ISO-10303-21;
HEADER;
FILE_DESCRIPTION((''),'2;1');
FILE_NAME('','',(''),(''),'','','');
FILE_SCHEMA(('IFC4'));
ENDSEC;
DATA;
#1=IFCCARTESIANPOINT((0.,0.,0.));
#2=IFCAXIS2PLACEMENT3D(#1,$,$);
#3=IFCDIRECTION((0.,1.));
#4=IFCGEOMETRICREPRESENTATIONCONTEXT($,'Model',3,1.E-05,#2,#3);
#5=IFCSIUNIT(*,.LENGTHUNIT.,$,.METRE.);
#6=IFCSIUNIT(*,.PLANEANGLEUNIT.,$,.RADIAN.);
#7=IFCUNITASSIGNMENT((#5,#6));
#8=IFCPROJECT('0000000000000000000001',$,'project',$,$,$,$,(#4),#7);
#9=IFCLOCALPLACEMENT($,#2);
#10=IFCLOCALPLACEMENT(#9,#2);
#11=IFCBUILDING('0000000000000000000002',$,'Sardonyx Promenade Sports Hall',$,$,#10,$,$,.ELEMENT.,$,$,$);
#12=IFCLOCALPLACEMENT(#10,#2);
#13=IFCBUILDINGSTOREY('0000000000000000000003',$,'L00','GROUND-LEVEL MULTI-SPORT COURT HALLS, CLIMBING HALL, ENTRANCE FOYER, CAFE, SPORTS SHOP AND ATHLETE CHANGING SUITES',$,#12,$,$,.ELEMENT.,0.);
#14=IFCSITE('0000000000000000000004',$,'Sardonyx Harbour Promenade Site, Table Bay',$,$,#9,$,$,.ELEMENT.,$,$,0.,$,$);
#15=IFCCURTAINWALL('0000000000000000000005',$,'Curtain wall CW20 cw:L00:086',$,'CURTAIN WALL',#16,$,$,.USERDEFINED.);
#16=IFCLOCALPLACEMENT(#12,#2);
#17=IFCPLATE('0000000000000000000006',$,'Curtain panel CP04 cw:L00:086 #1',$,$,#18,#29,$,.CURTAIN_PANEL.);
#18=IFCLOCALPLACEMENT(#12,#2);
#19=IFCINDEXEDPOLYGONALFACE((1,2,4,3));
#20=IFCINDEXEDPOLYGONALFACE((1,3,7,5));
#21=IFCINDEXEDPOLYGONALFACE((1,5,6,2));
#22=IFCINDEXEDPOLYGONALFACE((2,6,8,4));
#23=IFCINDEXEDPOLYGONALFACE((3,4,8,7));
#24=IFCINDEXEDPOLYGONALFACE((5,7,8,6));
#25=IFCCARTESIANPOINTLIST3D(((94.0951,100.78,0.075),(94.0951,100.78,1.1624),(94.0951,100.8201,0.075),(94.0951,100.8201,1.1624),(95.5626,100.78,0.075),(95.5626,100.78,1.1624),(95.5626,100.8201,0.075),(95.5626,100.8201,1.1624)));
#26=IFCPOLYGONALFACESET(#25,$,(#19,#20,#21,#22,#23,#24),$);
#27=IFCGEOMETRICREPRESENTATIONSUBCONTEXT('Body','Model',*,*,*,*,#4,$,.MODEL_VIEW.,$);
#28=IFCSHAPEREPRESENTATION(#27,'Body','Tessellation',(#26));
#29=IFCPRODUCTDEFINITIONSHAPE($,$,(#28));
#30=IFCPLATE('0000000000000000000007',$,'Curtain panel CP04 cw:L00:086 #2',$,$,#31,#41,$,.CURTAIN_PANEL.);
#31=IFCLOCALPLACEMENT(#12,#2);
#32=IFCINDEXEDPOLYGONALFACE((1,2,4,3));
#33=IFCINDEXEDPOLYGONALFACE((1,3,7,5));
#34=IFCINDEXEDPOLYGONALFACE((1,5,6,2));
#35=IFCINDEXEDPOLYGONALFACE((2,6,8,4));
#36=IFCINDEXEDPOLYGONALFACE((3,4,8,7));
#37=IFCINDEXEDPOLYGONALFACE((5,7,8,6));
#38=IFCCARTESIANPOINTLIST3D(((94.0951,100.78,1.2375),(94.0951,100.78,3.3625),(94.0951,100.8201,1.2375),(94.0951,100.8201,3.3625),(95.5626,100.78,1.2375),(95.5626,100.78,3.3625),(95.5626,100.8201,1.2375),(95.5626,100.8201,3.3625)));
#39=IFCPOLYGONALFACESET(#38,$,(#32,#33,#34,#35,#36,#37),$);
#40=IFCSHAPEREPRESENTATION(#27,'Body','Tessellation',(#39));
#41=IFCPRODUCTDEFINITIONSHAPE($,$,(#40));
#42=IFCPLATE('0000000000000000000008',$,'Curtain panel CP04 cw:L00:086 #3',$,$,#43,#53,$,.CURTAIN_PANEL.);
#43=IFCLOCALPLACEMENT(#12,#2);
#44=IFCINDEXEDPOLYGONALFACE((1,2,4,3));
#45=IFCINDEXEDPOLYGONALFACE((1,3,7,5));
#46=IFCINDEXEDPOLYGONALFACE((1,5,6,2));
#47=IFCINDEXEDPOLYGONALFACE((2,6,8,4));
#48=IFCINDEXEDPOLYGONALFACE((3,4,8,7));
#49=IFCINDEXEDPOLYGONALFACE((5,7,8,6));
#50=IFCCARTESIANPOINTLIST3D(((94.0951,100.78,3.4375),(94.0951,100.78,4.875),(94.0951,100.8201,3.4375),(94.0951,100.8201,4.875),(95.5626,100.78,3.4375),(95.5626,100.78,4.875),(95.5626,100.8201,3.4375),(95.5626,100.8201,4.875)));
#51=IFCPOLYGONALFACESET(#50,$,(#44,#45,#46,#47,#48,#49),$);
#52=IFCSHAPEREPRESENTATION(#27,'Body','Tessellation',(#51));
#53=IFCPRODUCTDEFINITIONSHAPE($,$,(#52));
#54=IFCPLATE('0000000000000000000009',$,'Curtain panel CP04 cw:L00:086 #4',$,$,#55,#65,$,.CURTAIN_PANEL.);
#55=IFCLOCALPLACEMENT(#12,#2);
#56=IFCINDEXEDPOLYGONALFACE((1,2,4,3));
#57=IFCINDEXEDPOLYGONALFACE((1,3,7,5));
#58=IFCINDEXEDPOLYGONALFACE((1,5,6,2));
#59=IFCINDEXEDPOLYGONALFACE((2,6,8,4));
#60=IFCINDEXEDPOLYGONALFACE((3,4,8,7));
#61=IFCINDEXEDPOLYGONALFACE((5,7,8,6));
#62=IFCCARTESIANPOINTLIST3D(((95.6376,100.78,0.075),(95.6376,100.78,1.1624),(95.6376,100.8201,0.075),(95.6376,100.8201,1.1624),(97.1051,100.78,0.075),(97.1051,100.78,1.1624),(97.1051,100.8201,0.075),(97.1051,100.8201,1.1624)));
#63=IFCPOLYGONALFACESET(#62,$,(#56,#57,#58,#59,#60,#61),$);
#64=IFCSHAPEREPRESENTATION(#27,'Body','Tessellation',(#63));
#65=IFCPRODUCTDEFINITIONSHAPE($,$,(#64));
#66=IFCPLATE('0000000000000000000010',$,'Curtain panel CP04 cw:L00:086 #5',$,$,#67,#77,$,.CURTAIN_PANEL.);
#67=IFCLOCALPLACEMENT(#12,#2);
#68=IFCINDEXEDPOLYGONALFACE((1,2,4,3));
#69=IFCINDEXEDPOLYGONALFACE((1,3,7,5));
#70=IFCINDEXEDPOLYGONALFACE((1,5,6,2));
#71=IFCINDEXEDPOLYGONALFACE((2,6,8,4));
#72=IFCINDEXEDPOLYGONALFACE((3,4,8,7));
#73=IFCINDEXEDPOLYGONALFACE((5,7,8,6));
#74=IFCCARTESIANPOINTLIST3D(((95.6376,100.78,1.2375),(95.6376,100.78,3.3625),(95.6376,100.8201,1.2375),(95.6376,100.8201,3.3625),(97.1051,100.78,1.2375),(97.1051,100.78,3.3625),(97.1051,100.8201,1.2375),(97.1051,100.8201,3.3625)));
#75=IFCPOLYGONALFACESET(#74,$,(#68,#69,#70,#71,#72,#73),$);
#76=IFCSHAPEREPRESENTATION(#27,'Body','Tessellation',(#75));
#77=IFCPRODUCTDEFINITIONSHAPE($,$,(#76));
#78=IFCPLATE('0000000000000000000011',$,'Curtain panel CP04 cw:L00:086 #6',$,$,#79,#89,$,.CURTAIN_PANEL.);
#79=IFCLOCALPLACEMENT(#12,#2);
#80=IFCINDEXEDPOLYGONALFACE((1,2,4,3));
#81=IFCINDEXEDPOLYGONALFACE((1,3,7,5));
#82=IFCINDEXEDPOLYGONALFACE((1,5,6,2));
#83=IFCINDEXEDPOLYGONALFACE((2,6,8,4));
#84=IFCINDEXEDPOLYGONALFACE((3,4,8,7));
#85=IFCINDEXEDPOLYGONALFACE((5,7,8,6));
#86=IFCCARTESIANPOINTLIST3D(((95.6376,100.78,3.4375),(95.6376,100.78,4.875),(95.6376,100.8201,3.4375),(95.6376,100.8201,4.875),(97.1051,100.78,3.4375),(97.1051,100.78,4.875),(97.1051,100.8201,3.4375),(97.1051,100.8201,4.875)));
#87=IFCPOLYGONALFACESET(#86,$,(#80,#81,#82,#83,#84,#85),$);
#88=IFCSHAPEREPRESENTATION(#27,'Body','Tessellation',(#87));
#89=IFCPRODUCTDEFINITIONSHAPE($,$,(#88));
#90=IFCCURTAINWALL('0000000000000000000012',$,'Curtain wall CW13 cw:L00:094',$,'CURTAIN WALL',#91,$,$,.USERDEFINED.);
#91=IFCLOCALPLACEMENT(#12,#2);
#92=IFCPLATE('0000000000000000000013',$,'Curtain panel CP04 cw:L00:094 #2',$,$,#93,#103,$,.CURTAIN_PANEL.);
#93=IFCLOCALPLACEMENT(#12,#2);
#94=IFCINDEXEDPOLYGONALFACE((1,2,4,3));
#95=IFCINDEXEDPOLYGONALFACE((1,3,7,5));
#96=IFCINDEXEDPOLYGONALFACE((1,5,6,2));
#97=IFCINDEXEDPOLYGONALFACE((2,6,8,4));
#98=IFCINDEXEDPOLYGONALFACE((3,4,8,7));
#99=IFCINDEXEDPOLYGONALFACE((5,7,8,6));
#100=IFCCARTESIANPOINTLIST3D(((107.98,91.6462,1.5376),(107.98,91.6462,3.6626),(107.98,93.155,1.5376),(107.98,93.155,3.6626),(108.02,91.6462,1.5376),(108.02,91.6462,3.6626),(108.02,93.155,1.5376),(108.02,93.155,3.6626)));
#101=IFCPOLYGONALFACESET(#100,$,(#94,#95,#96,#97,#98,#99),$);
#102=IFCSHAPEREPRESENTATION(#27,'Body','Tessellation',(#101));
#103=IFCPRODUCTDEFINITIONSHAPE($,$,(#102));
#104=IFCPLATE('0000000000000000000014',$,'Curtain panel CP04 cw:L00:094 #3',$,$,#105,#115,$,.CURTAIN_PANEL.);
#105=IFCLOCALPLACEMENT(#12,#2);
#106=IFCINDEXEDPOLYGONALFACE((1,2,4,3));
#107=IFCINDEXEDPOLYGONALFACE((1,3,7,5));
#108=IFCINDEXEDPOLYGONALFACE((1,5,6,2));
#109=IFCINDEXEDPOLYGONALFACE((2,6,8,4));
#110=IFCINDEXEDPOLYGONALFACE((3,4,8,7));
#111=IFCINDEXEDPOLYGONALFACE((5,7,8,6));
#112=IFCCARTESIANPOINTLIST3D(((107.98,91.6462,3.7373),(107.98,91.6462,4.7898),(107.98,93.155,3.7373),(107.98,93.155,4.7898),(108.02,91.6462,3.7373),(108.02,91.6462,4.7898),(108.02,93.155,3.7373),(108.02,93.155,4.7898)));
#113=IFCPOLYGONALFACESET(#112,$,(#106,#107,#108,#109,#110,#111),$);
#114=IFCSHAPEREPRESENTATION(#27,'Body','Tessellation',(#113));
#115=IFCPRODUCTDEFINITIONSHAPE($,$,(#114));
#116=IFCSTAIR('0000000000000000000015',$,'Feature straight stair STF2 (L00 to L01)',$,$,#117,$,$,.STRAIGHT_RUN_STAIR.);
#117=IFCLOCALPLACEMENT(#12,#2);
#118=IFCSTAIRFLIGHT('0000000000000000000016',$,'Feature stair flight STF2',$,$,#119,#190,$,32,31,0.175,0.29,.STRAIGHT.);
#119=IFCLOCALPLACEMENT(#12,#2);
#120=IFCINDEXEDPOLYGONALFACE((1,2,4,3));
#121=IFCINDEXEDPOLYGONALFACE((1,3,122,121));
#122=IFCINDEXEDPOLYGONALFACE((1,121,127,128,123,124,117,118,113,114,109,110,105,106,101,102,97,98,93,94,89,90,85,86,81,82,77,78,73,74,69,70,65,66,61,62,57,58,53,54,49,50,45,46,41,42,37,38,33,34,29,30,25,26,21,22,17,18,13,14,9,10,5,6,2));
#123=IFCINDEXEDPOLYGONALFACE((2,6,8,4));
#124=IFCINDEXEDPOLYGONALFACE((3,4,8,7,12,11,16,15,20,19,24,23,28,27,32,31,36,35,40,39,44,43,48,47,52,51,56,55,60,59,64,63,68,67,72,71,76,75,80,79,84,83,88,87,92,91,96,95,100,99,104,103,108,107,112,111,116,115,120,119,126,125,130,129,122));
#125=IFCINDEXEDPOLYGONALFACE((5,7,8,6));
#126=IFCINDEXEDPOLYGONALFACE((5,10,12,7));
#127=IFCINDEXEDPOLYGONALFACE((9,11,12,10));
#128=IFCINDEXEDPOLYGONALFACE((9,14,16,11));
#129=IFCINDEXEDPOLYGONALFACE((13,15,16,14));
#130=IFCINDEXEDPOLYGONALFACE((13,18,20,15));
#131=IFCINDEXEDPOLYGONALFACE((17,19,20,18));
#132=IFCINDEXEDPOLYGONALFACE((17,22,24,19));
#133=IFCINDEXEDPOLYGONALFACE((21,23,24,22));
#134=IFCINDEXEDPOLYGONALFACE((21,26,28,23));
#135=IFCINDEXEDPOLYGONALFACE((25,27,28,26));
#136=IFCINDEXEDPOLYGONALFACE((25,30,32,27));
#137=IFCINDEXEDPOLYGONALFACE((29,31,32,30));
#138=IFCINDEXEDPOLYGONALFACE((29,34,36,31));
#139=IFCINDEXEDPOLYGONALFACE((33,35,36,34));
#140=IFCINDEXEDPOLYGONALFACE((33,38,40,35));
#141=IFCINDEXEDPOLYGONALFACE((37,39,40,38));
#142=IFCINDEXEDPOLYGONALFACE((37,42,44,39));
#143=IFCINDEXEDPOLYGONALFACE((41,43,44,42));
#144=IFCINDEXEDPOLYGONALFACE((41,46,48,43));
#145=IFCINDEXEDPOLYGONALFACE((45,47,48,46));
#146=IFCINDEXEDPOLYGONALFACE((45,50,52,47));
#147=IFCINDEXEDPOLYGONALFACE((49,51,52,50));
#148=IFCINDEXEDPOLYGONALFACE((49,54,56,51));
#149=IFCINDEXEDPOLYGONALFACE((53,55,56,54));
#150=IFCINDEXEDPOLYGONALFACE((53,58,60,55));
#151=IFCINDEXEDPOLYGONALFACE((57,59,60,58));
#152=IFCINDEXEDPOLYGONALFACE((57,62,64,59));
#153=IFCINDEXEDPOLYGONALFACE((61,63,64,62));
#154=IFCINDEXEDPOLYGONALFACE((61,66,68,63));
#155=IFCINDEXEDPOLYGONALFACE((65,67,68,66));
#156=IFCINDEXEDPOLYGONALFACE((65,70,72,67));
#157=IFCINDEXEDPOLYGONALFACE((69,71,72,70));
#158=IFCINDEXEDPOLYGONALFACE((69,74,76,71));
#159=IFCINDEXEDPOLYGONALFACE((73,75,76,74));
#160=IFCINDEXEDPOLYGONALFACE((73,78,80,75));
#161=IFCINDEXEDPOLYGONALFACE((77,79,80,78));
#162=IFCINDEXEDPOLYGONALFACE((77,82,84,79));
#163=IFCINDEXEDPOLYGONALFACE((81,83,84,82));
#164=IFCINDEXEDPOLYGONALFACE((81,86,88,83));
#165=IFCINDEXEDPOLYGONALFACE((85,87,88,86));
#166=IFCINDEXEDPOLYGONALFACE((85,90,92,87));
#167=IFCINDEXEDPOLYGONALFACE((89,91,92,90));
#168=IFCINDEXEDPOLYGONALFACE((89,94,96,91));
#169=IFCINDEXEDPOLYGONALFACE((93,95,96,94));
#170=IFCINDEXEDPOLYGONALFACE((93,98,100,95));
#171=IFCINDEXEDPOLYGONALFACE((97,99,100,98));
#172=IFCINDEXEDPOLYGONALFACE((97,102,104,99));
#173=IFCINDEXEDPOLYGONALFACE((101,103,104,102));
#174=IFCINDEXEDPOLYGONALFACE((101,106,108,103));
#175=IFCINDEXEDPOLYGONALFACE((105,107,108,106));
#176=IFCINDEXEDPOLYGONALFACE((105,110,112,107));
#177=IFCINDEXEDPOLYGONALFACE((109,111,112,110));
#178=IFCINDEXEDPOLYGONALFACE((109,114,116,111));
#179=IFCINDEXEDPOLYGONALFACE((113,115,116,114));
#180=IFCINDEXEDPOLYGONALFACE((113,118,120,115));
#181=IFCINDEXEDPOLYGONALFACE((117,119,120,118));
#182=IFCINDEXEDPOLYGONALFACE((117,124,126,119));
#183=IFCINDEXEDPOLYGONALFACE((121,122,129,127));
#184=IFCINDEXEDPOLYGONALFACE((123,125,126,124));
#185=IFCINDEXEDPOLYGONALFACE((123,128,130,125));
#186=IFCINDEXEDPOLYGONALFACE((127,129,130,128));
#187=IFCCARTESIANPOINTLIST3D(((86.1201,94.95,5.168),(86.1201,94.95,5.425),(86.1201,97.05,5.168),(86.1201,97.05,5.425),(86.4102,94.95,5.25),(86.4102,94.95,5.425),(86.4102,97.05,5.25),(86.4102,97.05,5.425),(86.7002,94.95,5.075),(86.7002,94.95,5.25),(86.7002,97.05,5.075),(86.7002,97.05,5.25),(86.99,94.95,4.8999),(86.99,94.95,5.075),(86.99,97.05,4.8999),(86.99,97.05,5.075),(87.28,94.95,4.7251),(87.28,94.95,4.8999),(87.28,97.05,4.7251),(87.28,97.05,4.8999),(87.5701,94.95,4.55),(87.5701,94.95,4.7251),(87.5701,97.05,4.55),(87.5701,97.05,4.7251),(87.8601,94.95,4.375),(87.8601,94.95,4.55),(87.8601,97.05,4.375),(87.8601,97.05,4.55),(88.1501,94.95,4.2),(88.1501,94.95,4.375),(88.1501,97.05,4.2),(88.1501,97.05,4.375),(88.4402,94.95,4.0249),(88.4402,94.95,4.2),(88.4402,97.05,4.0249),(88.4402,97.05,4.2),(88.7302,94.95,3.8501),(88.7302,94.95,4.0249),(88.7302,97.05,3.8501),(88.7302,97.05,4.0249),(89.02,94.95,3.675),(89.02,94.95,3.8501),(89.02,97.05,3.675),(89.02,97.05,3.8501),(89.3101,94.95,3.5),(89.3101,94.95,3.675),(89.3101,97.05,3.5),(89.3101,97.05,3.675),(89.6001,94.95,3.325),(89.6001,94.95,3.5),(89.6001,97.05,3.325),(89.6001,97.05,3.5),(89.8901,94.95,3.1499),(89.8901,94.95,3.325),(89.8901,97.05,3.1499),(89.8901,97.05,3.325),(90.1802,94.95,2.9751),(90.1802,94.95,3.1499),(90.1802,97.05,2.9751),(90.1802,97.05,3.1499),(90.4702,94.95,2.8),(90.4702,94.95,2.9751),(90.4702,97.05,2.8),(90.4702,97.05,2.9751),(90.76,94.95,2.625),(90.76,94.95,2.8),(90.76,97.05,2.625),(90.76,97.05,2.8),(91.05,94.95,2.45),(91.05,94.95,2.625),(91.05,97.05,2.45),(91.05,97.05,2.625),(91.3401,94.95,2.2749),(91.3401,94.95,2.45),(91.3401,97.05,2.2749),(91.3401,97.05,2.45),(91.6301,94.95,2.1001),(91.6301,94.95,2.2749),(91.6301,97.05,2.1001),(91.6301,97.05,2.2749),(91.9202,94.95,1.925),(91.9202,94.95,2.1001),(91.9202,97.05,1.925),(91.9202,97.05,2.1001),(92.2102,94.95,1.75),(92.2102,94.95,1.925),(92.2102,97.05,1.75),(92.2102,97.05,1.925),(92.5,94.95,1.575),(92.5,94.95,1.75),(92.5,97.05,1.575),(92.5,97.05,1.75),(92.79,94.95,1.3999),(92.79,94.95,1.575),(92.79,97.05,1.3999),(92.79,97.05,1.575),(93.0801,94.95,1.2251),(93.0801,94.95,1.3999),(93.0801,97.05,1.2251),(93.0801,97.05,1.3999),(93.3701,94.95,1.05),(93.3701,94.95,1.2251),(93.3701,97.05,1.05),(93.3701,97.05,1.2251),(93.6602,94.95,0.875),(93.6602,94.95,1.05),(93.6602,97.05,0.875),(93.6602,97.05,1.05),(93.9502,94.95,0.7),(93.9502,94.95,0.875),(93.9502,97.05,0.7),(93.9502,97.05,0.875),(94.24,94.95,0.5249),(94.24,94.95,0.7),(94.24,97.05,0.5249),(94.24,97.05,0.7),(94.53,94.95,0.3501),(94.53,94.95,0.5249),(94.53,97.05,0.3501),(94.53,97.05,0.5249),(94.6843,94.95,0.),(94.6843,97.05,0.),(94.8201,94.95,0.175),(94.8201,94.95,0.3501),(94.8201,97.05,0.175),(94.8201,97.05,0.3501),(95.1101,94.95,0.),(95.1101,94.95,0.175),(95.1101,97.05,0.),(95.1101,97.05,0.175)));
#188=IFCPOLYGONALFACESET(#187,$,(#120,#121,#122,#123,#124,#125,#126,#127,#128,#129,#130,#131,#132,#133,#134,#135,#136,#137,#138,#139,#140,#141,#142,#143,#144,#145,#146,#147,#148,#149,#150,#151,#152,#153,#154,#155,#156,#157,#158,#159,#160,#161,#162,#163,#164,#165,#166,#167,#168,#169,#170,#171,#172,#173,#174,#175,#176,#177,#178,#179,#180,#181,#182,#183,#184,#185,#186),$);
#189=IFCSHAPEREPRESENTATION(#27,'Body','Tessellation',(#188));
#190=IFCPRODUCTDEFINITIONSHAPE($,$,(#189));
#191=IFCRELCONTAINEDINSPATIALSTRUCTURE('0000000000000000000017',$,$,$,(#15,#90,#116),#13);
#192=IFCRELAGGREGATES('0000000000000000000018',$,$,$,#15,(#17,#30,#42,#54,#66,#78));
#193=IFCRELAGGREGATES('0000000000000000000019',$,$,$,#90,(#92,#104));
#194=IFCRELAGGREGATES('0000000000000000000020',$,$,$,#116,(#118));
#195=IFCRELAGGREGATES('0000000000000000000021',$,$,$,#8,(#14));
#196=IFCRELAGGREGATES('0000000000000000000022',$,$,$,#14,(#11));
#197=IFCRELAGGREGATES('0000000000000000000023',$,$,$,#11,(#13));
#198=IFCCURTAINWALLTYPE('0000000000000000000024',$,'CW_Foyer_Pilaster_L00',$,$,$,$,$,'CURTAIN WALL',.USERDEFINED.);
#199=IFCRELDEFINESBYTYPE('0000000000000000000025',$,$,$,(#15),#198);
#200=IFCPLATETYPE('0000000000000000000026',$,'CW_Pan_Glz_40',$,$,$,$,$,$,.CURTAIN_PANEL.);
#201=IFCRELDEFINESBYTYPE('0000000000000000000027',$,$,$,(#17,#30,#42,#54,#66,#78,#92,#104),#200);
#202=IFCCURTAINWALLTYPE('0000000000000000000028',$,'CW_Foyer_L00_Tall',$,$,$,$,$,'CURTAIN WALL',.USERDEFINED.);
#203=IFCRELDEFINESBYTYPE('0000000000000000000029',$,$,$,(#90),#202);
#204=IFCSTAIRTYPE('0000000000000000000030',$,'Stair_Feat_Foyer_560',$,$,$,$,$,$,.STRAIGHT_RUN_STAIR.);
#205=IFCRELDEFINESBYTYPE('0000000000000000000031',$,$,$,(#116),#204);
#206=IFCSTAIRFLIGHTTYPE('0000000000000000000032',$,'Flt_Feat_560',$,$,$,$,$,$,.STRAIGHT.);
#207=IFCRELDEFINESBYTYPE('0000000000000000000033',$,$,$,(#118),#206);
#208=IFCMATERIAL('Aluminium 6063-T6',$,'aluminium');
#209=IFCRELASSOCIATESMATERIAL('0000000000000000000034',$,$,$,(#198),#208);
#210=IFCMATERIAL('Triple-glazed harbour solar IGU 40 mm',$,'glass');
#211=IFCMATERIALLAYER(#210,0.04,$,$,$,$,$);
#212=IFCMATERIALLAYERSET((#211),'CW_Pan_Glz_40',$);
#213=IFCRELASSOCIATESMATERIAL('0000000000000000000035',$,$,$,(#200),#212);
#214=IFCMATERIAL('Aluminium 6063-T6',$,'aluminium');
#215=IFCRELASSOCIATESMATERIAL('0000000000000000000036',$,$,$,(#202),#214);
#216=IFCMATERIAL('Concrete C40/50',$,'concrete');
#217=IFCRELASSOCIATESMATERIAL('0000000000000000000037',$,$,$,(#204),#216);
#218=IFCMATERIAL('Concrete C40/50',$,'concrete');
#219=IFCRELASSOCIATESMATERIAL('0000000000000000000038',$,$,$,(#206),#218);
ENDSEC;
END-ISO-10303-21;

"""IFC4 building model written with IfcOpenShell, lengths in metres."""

from ifc_helpers import new_model, si_unit, direction, frame, origin, origin_2d, place, context, subcontext, project, spatial, polyline, rectangle, outline, extrude, material, layer, layer_set, type_object, element, aggregate, save


model = new_model("IFC4")

# Units and contexts
model_context = context("Model", 3, precision=1e-05, world=origin(), true_north=direction((0.0, 1.0)))
body_context = subcontext(model_context, "Body", "Model", "MODEL_VIEW")
ifc_project = project(units=[si_unit("LENGTHUNIT", "METRE"), si_unit("PLANEANGLEUNIT", "RADIAN")], contexts=[model_context])

# Site, building, storey
site_placement = place(None, origin())
site = spatial("IfcSite", under=ifc_project, at=site_placement, Name="Sardonyx Harbour Promenade Site, Table Bay", CompositionType="ELEMENT", RefElevation=0.0)
building_placement = place(site_placement, origin())
building = spatial("IfcBuilding", under=site, at=building_placement, Name="Sardonyx Promenade Sports Hall", CompositionType="ELEMENT")
storey_placement = place(building_placement, origin())
storey = spatial("IfcBuildingStorey", under=building, at=storey_placement, Name="L00", Description="GROUND-LEVEL MULTI-SPORT COURT HALLS, CLIMBING HALL, ENTRANCE FOYER, CAFE, SPORTS SHOP AND ATHLETE CHANGING SUITES", CompositionType="ELEMENT", Elevation=0.0)

# Curtain wall
ifc_material_1 = material(Name="Aluminium 6063-T6", Category="aluminium")
curtain_wall_type_1 = type_object("IfcCurtainWallType", Name="CW_Foyer_Pilaster_L00", ElementType="CURTAIN WALL", PredefinedType="USERDEFINED", material=ifc_material_1)
curtain_wall_1_placement = place(storey_placement, origin())
curtain_wall_1 = element("IfcCurtainWall", 1, at=curtain_wall_1_placement, inside=storey, type_object=curtain_wall_type_1, Name="Curtain wall CW20 cw:L00:086", ObjectType="CURTAIN WALL", PredefinedType="USERDEFINED")

# Plates
ifc_material_2 = material(Name="Triple-glazed harbour solar IGU 40 mm", Category="glass")
ifc_layer_1 = layer(ifc_material_2, 0.04)
ifc_layer_set_1 = layer_set([ifc_layer_1], Name="CW_Pan_Glz_40")
plate_type = type_object("IfcPlateType", Name="CW_Pan_Glz_40", PredefinedType="CURTAIN_PANEL", material=ifc_layer_set_1)
plate_1_placement = place(storey_placement, frame((94.8289, 100.8, 0.075), z_axis=(0.0, 0.0, 1.0), x_axis=(1.0, 0.0, 0.0)))
plate_1 = element("IfcPlate", 2, at=plate_1_placement, type_object=plate_type, Name="Curtain panel CP04 cw:L00:086 #1", PredefinedType="CURTAIN_PANEL", context=body_context, shape_type="SweptSolid", body=[
    extrude(rectangle(XDim=1.4675, YDim=0.04, at=origin_2d()), origin(), (0.0, 0.0, 1.0), 1.0874),
])
plate_2_placement = place(storey_placement, frame((94.8289, 100.8, 1.2375), z_axis=(0.0, 0.0, 1.0), x_axis=(1.0, 0.0, 0.0)))
plate_2 = element("IfcPlate", 3, at=plate_2_placement, type_object=plate_type, Name="Curtain panel CP04 cw:L00:086 #2", PredefinedType="CURTAIN_PANEL", context=body_context, shape_type="SweptSolid", body=[
    extrude(rectangle(XDim=1.4675, YDim=0.04, at=origin_2d()), origin(), (0.0, 0.0, 1.0), 2.125),
])
plate_3_placement = place(storey_placement, frame((94.8289, 100.8, 3.4375), z_axis=(0.0, 0.0, 1.0), x_axis=(1.0, 0.0, 0.0)))
plate_3 = element("IfcPlate", 4, at=plate_3_placement, type_object=plate_type, Name="Curtain panel CP04 cw:L00:086 #3", PredefinedType="CURTAIN_PANEL", context=body_context, shape_type="SweptSolid", body=[
    extrude(rectangle(XDim=1.4675, YDim=0.04, at=origin_2d()), origin(), (0.0, 0.0, 1.0), 1.4375),
])
plate_4_placement = place(storey_placement, frame((96.3713, 100.8, 0.075), z_axis=(0.0, 0.0, 1.0), x_axis=(1.0, 0.0, 0.0)))
plate_4 = element("IfcPlate", 5, at=plate_4_placement, type_object=plate_type, Name="Curtain panel CP04 cw:L00:086 #4", PredefinedType="CURTAIN_PANEL", context=body_context, shape_type="SweptSolid", body=[
    extrude(rectangle(XDim=1.4675, YDim=0.04, at=origin_2d()), origin(), (0.0, 0.0, 1.0), 1.0874),
])
plate_5_placement = place(storey_placement, frame((96.3713, 100.8, 1.2375), z_axis=(0.0, 0.0, 1.0), x_axis=(1.0, 0.0, 0.0)))
plate_5 = element("IfcPlate", 6, at=plate_5_placement, type_object=plate_type, Name="Curtain panel CP04 cw:L00:086 #5", PredefinedType="CURTAIN_PANEL", context=body_context, shape_type="SweptSolid", body=[
    extrude(rectangle(XDim=1.4675, YDim=0.04, at=origin_2d()), origin(), (0.0, 0.0, 1.0), 2.125),
])
plate_6_placement = place(storey_placement, frame((96.3713, 100.8, 3.4375), z_axis=(0.0, 0.0, 1.0), x_axis=(1.0, 0.0, 0.0)))
plate_6 = element("IfcPlate", 7, at=plate_6_placement, type_object=plate_type, Name="Curtain panel CP04 cw:L00:086 #6", PredefinedType="CURTAIN_PANEL", context=body_context, shape_type="SweptSolid", body=[
    extrude(rectangle(XDim=1.4675, YDim=0.04, at=origin_2d()), origin(), (0.0, 0.0, 1.0), 1.4375),
])
aggregate(curtain_wall_1, [plate_1, plate_2, plate_3, plate_4, plate_5, plate_6])

# Curtain wall, plates
ifc_material_3 = material(Name="Aluminium 6063-T6", Category="aluminium")
curtain_wall_type_2 = type_object("IfcCurtainWallType", Name="CW_Foyer_L00_Tall", ElementType="CURTAIN WALL", PredefinedType="USERDEFINED", material=ifc_material_3)
curtain_wall_2_placement = place(storey_placement, origin())
curtain_wall_2 = element("IfcCurtainWall", 8, at=curtain_wall_2_placement, inside=storey, type_object=curtain_wall_type_2, Name="Curtain wall CW13 cw:L00:094", ObjectType="CURTAIN WALL", PredefinedType="USERDEFINED")
plate_7_placement = place(storey_placement, frame((108.0, 92.4006, 1.5376), z_axis=(0.0, 0.0, 1.0), x_axis=(0.0, -1.0, 0.0)))
plate_7 = element("IfcPlate", 9, at=plate_7_placement, type_object=plate_type, Name="Curtain panel CP04 cw:L00:094 #2", PredefinedType="CURTAIN_PANEL", context=body_context, shape_type="SweptSolid", body=[
    extrude(rectangle(XDim=1.5088, YDim=0.04, at=origin_2d()), origin(), (0.0, 0.0, 1.0), 2.125),
])
plate_8_placement = place(storey_placement, frame((108.0, 92.4006, 3.7373), z_axis=(0.0, 0.0, 1.0), x_axis=(0.0, -1.0, 0.0)))
plate_8 = element("IfcPlate", 10, at=plate_8_placement, type_object=plate_type, Name="Curtain panel CP04 cw:L00:094 #3", PredefinedType="CURTAIN_PANEL", context=body_context, shape_type="SweptSolid", body=[
    extrude(rectangle(XDim=1.5088, YDim=0.04, at=origin_2d()), origin(), (0.0, 0.0, 1.0), 1.0525),
])
aggregate(curtain_wall_2, [plate_7, plate_8])

# Stair, stair flight
ifc_material_4 = material(Name="Concrete C40/50", Category="concrete")
stair_type = type_object("IfcStairType", Name="Stair_Feat_Foyer_560", PredefinedType="STRAIGHT_RUN_STAIR", material=ifc_material_4)
stair_placement = place(storey_placement, origin())
stair = element("IfcStair", 11, at=stair_placement, inside=storey, type_object=stair_type, Name="Feature straight stair STF2 (L00 to L01)", PredefinedType="STRAIGHT_RUN_STAIR")
ifc_material_5 = material(Name="Concrete C40/50", Category="concrete")
stair_flight_type = type_object("IfcStairFlightType", Name="Flt_Feat_560", PredefinedType="STRAIGHT", material=ifc_material_5)
stair_flight_placement = place(storey_placement, frame((95.1101, 96.0, 0.0), z_axis=(0.0, 0.0, 1.0), x_axis=(-1.0, 0.0, 0.0)))
stair_flight = element("IfcStairFlight", 12, at=stair_flight_placement, type_object=stair_flight_type, Name="Feature stair flight STF2", NumberOfRisers=32, NumberOfTreads=31, PredefinedType="STRAIGHT", RiserHeight=0.175, TreadLength=0.29, context=body_context, shape_type="SweptSolid", body=[
    extrude(outline(polyline([(0.0, 0.0), (0.0, 0.175), (0.29, 0.175), (0.29, 0.3501), (0.5801, 0.3501), (0.5801, 0.5249), (0.8701, 0.5249), (0.8701, 0.7), (1.1599, 0.7), (1.1599, 0.875), (1.45, 0.875), (1.45, 1.05), (1.74, 1.05), (1.74, 1.2251), (2.03, 1.2251), (2.03, 1.3999), (2.3201, 1.3999), (2.3201, 1.575), (2.6101, 1.575), (2.6101, 1.75), (2.8999, 1.75), (2.8999, 1.925), (3.1899, 1.925), (3.1899, 2.1001), (3.48, 2.1001), (3.48, 2.2749), (3.77, 2.2749), (3.77, 2.45), (4.0601, 2.45), (4.0601, 2.625), (4.3501, 2.625), (4.3501, 2.8), (4.6399, 2.8), (4.6399, 2.9751), (4.9299, 2.9751), (4.9299, 3.1499), (5.22, 3.1499), (5.22, 3.325), (5.51, 3.325), (5.51, 3.5), (5.8, 3.5), (5.8, 3.675), (6.0901, 3.675), (6.0901, 3.8501), (6.3799, 3.8501), (6.3799, 4.0249), (6.6699, 4.0249), (6.6699, 4.2), (6.96, 4.2), (6.96, 4.375), (7.25, 4.375), (7.25, 4.55), (7.54, 4.55), (7.54, 4.7251), (7.8301, 4.7251), (7.8301, 4.8999), (8.1201, 4.8999), (8.1201, 5.075), (8.4099, 5.075), (8.4099, 5.25), (8.7, 5.25), (8.7, 5.425), (8.99, 5.425), (8.99, 5.6001), (8.99, 5.168), (0.4258, 0.0), (0.0, 0.0)])), frame((0.0, 1.05, 0.0), z_axis=(0.0, -1.0, 0.0), x_axis=(1.0, 0.0, 0.0)), (0.0, 0.0, 1.0), 2.1001),
])
aggregate(stair, [stair_flight])

save(model, "model.ifc")
